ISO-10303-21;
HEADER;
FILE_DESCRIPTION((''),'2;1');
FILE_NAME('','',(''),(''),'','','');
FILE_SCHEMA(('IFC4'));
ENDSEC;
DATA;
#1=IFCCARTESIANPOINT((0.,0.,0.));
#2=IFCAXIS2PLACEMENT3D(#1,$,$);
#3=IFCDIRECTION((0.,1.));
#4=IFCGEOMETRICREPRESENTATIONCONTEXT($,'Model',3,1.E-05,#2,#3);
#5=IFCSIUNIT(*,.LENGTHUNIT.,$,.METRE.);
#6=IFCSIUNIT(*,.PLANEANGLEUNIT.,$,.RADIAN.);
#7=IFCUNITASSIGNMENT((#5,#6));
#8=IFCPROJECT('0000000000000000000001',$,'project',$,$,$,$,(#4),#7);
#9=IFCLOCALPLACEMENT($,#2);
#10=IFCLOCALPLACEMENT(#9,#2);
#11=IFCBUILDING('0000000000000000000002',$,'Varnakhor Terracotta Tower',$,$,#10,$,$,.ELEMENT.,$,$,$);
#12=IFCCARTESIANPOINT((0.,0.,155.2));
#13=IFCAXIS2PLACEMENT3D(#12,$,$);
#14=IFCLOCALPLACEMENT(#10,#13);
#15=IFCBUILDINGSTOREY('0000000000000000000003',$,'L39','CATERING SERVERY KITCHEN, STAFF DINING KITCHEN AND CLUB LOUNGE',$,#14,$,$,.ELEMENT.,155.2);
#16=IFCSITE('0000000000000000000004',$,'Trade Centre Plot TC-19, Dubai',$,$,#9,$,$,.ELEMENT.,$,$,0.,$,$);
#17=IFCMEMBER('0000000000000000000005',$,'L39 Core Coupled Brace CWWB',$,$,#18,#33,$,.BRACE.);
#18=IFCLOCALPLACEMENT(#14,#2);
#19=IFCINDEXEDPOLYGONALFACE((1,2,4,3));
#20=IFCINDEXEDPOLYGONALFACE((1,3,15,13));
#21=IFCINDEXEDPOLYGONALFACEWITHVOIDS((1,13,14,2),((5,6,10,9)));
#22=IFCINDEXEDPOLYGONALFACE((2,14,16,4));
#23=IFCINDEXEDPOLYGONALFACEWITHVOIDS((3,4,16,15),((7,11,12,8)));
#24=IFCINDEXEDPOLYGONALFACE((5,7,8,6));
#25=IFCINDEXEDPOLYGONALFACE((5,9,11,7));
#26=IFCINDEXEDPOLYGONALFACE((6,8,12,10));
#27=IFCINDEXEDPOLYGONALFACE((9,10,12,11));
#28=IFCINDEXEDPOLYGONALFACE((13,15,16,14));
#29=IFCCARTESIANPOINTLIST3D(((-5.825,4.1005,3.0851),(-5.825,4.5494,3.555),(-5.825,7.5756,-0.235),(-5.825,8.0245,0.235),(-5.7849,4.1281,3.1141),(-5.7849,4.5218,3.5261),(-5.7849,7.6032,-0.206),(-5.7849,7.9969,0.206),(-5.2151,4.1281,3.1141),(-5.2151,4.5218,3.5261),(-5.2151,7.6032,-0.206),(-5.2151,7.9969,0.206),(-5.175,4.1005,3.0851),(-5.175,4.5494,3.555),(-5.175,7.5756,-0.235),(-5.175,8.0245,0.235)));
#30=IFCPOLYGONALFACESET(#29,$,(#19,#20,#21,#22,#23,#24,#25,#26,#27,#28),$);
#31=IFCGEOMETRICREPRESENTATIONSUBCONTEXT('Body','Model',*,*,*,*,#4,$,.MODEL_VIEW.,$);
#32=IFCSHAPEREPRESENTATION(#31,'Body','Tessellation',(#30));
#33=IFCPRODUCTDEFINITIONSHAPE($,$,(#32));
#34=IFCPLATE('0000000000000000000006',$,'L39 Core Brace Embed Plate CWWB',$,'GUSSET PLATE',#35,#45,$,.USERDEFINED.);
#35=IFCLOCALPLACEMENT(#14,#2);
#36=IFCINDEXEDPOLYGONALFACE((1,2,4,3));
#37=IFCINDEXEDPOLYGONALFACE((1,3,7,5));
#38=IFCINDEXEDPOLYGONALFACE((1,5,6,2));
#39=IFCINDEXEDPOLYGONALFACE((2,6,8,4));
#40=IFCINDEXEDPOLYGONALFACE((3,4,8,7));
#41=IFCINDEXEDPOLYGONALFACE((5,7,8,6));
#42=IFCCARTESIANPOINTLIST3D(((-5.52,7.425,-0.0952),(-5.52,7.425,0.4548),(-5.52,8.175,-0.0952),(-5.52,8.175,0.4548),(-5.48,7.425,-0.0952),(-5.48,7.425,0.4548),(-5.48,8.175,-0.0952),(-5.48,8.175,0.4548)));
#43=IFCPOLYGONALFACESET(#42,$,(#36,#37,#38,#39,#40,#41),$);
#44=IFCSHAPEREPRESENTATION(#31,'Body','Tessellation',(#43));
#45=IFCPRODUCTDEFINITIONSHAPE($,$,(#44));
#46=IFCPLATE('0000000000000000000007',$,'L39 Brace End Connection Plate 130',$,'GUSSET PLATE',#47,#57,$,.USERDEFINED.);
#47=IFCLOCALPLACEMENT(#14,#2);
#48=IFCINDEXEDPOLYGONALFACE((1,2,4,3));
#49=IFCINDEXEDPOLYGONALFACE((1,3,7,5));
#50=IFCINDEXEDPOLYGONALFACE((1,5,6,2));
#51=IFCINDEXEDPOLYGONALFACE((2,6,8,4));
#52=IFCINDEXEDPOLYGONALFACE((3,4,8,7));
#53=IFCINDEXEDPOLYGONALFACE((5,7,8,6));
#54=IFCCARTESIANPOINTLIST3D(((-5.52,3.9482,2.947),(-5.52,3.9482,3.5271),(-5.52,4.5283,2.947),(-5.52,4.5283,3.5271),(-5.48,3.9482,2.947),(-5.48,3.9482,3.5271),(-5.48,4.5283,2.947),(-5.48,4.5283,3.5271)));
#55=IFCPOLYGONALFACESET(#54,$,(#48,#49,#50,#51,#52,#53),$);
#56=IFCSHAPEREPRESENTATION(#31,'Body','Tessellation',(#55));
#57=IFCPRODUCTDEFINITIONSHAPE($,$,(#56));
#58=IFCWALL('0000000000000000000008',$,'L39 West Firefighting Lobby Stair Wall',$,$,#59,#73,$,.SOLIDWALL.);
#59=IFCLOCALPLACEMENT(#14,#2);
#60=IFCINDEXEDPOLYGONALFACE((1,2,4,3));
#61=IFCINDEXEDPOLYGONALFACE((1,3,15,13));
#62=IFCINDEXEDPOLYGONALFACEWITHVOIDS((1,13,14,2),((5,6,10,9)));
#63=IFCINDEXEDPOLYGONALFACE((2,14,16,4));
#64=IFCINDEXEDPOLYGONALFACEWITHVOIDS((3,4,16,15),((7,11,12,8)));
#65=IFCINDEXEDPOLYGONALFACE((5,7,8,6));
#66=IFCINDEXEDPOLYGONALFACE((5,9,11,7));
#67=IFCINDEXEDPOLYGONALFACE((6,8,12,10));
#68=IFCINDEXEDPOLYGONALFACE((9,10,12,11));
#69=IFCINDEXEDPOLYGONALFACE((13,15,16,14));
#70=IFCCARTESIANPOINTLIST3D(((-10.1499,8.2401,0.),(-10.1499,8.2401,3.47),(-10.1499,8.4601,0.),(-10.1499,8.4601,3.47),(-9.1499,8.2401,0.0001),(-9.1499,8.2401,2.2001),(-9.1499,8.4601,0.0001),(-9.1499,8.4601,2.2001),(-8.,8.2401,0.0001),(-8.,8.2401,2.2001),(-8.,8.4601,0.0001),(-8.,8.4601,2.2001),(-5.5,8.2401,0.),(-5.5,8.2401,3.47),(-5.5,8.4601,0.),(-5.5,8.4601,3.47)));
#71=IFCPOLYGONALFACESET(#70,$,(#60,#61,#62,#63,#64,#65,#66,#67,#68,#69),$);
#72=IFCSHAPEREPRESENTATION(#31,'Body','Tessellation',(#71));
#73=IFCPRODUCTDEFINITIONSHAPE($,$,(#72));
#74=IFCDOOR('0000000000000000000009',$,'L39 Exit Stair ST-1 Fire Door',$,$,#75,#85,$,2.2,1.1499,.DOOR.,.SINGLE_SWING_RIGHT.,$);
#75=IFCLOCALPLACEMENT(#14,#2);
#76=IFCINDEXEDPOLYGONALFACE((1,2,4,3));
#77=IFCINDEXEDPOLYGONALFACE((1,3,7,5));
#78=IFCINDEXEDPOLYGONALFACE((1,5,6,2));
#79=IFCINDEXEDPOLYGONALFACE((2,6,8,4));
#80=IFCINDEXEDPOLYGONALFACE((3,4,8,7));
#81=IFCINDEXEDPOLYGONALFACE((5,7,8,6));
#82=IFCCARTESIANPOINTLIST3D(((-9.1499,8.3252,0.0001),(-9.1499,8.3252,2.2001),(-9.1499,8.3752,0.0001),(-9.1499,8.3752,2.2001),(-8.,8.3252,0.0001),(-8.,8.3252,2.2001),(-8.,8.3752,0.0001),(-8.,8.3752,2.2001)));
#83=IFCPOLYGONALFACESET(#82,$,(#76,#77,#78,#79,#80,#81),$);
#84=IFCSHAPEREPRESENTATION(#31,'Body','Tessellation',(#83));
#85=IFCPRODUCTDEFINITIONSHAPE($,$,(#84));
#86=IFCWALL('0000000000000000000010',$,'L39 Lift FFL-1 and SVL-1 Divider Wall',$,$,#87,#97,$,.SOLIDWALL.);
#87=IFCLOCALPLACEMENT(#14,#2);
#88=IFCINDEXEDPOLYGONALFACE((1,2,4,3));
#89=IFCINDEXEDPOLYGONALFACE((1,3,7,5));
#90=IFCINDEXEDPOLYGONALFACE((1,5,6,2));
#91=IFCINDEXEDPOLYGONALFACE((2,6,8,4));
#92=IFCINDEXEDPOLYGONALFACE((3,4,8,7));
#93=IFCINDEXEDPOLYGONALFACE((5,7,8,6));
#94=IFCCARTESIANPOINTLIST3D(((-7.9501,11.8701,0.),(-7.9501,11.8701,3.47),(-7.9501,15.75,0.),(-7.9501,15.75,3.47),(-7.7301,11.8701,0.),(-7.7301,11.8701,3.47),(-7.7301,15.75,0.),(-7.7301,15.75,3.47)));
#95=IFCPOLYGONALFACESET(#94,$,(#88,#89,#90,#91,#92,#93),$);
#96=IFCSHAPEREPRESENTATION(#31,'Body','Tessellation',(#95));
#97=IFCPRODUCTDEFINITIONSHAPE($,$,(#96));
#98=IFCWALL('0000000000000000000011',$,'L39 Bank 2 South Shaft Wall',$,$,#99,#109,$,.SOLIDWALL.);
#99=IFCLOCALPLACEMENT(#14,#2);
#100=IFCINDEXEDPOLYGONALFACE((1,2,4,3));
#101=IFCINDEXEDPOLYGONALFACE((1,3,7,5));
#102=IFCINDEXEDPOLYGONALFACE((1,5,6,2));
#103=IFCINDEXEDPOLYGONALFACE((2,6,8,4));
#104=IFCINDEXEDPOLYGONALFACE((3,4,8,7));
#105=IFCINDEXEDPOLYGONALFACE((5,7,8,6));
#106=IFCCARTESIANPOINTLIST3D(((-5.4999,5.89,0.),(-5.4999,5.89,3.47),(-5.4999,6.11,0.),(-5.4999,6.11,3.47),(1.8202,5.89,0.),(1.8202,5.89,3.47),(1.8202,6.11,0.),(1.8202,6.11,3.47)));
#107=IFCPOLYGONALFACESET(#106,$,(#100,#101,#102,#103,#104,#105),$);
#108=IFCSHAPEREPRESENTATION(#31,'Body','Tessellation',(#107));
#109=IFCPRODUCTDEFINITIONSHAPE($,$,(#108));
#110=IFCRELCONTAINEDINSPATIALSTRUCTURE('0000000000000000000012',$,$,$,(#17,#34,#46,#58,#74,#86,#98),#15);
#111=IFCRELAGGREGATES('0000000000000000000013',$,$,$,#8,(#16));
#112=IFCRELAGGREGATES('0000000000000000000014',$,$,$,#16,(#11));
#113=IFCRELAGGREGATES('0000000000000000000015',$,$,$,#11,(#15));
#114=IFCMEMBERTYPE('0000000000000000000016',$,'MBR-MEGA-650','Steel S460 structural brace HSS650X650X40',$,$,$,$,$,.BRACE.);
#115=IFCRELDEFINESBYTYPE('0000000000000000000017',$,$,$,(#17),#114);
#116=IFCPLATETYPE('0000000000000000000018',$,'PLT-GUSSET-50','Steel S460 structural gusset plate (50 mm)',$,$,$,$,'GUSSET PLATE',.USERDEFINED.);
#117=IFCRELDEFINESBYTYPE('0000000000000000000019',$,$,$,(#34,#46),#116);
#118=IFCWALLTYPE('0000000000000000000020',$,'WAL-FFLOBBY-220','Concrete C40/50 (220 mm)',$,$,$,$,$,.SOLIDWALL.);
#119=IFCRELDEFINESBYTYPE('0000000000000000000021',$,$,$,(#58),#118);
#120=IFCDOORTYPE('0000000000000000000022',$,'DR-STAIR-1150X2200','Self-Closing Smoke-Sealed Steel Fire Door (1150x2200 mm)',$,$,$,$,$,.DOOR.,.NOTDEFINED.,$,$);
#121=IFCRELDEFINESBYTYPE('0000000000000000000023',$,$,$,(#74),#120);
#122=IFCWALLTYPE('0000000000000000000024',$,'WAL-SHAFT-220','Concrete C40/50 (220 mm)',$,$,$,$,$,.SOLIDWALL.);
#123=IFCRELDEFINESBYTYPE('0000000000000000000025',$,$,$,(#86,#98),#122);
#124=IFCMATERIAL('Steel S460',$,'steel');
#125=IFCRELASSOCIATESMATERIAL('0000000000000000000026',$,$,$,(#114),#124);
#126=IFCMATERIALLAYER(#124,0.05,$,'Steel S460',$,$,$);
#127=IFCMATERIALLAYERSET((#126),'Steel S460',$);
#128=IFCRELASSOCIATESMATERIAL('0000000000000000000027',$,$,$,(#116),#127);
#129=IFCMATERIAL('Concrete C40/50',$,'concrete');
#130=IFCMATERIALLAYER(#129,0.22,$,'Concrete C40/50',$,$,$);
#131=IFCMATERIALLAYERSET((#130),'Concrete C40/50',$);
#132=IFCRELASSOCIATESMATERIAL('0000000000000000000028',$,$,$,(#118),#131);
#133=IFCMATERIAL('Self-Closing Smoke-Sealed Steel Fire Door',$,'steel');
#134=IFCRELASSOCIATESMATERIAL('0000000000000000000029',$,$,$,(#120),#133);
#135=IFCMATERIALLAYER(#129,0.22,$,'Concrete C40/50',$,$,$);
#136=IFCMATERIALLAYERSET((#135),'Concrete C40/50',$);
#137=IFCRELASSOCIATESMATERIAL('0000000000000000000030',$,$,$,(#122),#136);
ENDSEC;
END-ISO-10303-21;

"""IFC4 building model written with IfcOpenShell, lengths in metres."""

from ifc_helpers import new_model, si_unit, direction, frame, frame_2d, origin, origin_2d, place, context, subcontext, project, spatial, rectangle, hollow_rectangle, extrude, source, transform, mapped, material, layer, layer_set, material_profile, profile_set, type_object, type_shapes, element, fill, save


model = new_model("IFC4")

# Units and contexts
model_context = context("Model", 3, precision=1e-05, world=origin(), true_north=direction((0.0, 1.0)))
body_context = subcontext(model_context, "Body", "Model", "MODEL_VIEW")
ifc_project = project(units=[si_unit("LENGTHUNIT", "METRE"), si_unit("PLANEANGLEUNIT", "RADIAN")], contexts=[model_context])

# Site, building, storey
site_placement = place(None, origin())
site = spatial("IfcSite", under=ifc_project, at=site_placement, Name="Trade Centre Plot TC-19, Dubai", CompositionType="ELEMENT", RefElevation=0.0)
building_placement = place(site_placement, origin())
building = spatial("IfcBuilding", under=site, at=building_placement, Name="Varnakhor Terracotta Tower", CompositionType="ELEMENT")
storey_placement = place(building_placement, frame((0.0, 0.0, 155.2)))
storey = spatial("IfcBuildingStorey", under=building, at=storey_placement, Name="L39", Description="CATERING SERVERY KITCHEN, STAFF DINING KITCHEN AND CLUB LOUNGE", CompositionType="ELEMENT", Elevation=155.2)

# Member
ifc_material_1 = material(Name="Steel S460", Category="steel")
ifc_material_profile = material_profile(ifc_material_1, hollow_rectangle(XDim=0.6499, YDim=0.6499, WallThickness=0.04, at=origin_2d()), Name="HSS650X650X40")
ifc_profile_set = profile_set([ifc_material_profile], Name="Steel S460")
member_type = type_object("IfcMemberType", Name="MBR-MEGA-650", Description="Steel S460 structural brace HSS650X650X40", PredefinedType="BRACE", material=ifc_profile_set)
shared_shape_1 = source(origin(), body_context, "Body", "SweptSolid", [
    extrude(hollow_rectangle(XDim=0.6499, YDim=0.6499, WallThickness=0.04, at=origin_2d()), origin(), (0.0, 0.0, 1.0), 4.8062),
])
member_placement = place(storey_placement, frame((-5.5, 7.8, 0.0), z_axis=(0.0, -0.723051, 0.690795), x_axis=(1.0, 0.0, 0.0)))
element("IfcMember", 1, at=member_placement, inside=storey, type_object=member_type, Name="L39 Core Coupled Brace CWWB", PredefinedType="BRACE", context=body_context, shape_type="MappedRepresentation", body=[
    mapped(shared_shape_1, transform((0.0, 0.0, 0.0), scale=1.0)),
])

# Plates
ifc_layer_1 = layer(ifc_material_1, 0.05, Name="Steel S460")
ifc_layer_set_1 = layer_set([ifc_layer_1], Name="Steel S460")
plate_type = type_object("IfcPlateType", Name="PLT-GUSSET-50", Description="Steel S460 structural gusset plate (50 mm)", ElementType="GUSSET PLATE", PredefinedType="USERDEFINED", material=ifc_layer_set_1)
shared_shape_2 = source(origin(), body_context, "Body", "SweptSolid", [
    extrude(rectangle(XDim=0.75, YDim=0.04, at=origin_2d()), origin(), (0.0, 0.0, 1.0), 0.55),
])
type_shapes(plate_type, [shared_shape_2])
plate_1_placement = place(storey_placement, frame((-5.5, 7.8, -0.0952), z_axis=(0.0, 0.0, 1.0), x_axis=(0.0, 1.0, 0.0)))
element("IfcPlate", 2, at=plate_1_placement, inside=storey, type_object=plate_type, Name="L39 Core Brace Embed Plate CWWB", ObjectType="GUSSET PLATE", PredefinedType="USERDEFINED", context=body_context, shape_type="MappedRepresentation", body=[
    mapped(shared_shape_2, transform((0.0, 0.0, 0.0), scale=1.0)),
])
shared_shape_3 = source(origin(), body_context, "Body", "SweptSolid", [
    extrude(rectangle(XDim=0.5801, YDim=0.04, at=origin_2d()), origin(), (0.0, 0.0, 1.0), 0.5801),
])
plate_2_placement = place(storey_placement, frame((-5.5, 4.2383, 2.947), z_axis=(0.0, 0.0, 1.0), x_axis=(0.0, 1.0, 0.0)))
element("IfcPlate", 3, at=plate_2_placement, inside=storey, type_object=plate_type, Name="L39 Brace End Connection Plate 130", ObjectType="GUSSET PLATE", PredefinedType="USERDEFINED", context=body_context, shape_type="MappedRepresentation", body=[
    mapped(shared_shape_3, transform((0.0, 0.0, 0.0), scale=1.0)),
])

# Wall, opening, door
ifc_material_2 = material(Name="Concrete C40/50", Category="concrete")
ifc_layer_2 = layer(ifc_material_2, 0.22, Name="Concrete C40/50")
ifc_layer_set_2 = layer_set([ifc_layer_2], Name="Concrete C40/50")
wall_type_1 = type_object("IfcWallType", Name="WAL-FFLOBBY-220", Description="Concrete C40/50 (220 mm)", PredefinedType="SOLIDWALL", material=ifc_layer_set_2)
wall_1_placement = place(storey_placement, frame((-5.5, 8.3501, 0.0), z_axis=(0.0, 0.0, 1.0), x_axis=(-1.0, 0.0, 0.0)))
wall_1 = element("IfcWall", 4, at=wall_1_placement, inside=storey, type_object=wall_type_1, Name="L39 West Firefighting Lobby Stair Wall", PredefinedType="SOLIDWALL", context=body_context, shape_type="SweptSolid", body=[
    extrude(rectangle(XDim=4.6499, YDim=0.22, at=frame_2d((2.325, 0.0))), origin(), (0.0, 0.0, 1.0), 3.47),
])
opening_1_placement = place(wall_1_placement, frame((2.5, 0.0, 0.0)))
opening_1 = element("IfcOpeningElement", 5, at=opening_1_placement, cuts=wall_1, PredefinedType="OPENING", context=body_context, shape_type="SweptSolid", body=[
    extrude(rectangle(XDim=1.1499, YDim=2.2, at=frame_2d((0.575, 1.1001))), frame((0.0, 0.1201, 0.0), z_axis=(0.0, -1.0, 0.0), x_axis=(1.0, 0.0, 0.0)), (0.0, 0.0, 1.0), 0.24),
])
ifc_material_3 = material(Name="Self-Closing Smoke-Sealed Steel Fire Door", Category="steel")
door_type_1 = type_object("IfcDoorType", Name="DR-STAIR-1150X2200", Description="Self-Closing Smoke-Sealed Steel Fire Door (1150x2200 mm)", OperationType="NOTDEFINED", PredefinedType="DOOR", material=ifc_material_3)
shared_shape_4 = source(origin(), body_context, "Body", "SweptSolid", [
    extrude(rectangle(XDim=1.1499, YDim=2.2, at=frame_2d((0.575, 1.1001))), frame((0.0, 0.0249, 0.0), z_axis=(0.0, -1.0, 0.0), x_axis=(1.0, 0.0, 0.0)), (0.0, 0.0, 1.0), 0.05),
])
type_shapes(door_type_1, [shared_shape_4])
door_1_placement = place(opening_1_placement, origin())
door_1 = element("IfcDoor", 6, at=door_1_placement, inside=storey, type_object=door_type_1, Name="L39 Exit Stair ST-1 Fire Door", OperationType="SINGLE_SWING_RIGHT", OverallHeight=2.2, OverallWidth=1.1499, PredefinedType="DOOR", context=body_context, shape_type="MappedRepresentation", body=[
    mapped(shared_shape_4, transform((0.0, 0.0, 0.0), scale=1.0)),
])
fill(opening_1, door_1)

# Walls
ifc_layer_3 = layer(ifc_material_2, 0.22, Name="Concrete C40/50")
ifc_layer_set_3 = layer_set([ifc_layer_3], Name="Concrete C40/50")
wall_type_2 = type_object("IfcWallType", Name="WAL-SHAFT-220", Description="Concrete C40/50 (220 mm)", PredefinedType="SOLIDWALL", material=ifc_layer_set_3)
wall_2_placement = place(storey_placement, frame((-7.8401, 11.8701, 0.0), z_axis=(0.0, 0.0, 1.0), x_axis=(0.0, 1.0, 0.0)))
element("IfcWall", 7, at=wall_2_placement, inside=storey, type_object=wall_type_2, Name="L39 Lift FFL-1 and SVL-1 Divider Wall", PredefinedType="SOLIDWALL", context=body_context, shape_type="SweptSolid", body=[
    extrude(rectangle(XDim=3.8799, YDim=0.22, at=frame_2d((1.9399, 0.0))), origin(), (0.0, 0.0, 1.0), 3.47),
])
wall_3_placement = place(storey_placement, frame((-5.5, 6.0, 0.0), z_axis=(0.0, 0.0, 1.0), x_axis=(1.0, 0.0, 0.0)))
element("IfcWall", 8, at=wall_3_placement, inside=storey, type_object=wall_type_2, Name="L39 Bank 2 South Shaft Wall", PredefinedType="SOLIDWALL", context=body_context, shape_type="SweptSolid", body=[
    extrude(rectangle(XDim=7.3201, YDim=0.22, at=frame_2d((3.6602, 0.0))), origin(), (0.0, 0.0, 1.0), 3.47),
])

save(model, "model.ifc")
